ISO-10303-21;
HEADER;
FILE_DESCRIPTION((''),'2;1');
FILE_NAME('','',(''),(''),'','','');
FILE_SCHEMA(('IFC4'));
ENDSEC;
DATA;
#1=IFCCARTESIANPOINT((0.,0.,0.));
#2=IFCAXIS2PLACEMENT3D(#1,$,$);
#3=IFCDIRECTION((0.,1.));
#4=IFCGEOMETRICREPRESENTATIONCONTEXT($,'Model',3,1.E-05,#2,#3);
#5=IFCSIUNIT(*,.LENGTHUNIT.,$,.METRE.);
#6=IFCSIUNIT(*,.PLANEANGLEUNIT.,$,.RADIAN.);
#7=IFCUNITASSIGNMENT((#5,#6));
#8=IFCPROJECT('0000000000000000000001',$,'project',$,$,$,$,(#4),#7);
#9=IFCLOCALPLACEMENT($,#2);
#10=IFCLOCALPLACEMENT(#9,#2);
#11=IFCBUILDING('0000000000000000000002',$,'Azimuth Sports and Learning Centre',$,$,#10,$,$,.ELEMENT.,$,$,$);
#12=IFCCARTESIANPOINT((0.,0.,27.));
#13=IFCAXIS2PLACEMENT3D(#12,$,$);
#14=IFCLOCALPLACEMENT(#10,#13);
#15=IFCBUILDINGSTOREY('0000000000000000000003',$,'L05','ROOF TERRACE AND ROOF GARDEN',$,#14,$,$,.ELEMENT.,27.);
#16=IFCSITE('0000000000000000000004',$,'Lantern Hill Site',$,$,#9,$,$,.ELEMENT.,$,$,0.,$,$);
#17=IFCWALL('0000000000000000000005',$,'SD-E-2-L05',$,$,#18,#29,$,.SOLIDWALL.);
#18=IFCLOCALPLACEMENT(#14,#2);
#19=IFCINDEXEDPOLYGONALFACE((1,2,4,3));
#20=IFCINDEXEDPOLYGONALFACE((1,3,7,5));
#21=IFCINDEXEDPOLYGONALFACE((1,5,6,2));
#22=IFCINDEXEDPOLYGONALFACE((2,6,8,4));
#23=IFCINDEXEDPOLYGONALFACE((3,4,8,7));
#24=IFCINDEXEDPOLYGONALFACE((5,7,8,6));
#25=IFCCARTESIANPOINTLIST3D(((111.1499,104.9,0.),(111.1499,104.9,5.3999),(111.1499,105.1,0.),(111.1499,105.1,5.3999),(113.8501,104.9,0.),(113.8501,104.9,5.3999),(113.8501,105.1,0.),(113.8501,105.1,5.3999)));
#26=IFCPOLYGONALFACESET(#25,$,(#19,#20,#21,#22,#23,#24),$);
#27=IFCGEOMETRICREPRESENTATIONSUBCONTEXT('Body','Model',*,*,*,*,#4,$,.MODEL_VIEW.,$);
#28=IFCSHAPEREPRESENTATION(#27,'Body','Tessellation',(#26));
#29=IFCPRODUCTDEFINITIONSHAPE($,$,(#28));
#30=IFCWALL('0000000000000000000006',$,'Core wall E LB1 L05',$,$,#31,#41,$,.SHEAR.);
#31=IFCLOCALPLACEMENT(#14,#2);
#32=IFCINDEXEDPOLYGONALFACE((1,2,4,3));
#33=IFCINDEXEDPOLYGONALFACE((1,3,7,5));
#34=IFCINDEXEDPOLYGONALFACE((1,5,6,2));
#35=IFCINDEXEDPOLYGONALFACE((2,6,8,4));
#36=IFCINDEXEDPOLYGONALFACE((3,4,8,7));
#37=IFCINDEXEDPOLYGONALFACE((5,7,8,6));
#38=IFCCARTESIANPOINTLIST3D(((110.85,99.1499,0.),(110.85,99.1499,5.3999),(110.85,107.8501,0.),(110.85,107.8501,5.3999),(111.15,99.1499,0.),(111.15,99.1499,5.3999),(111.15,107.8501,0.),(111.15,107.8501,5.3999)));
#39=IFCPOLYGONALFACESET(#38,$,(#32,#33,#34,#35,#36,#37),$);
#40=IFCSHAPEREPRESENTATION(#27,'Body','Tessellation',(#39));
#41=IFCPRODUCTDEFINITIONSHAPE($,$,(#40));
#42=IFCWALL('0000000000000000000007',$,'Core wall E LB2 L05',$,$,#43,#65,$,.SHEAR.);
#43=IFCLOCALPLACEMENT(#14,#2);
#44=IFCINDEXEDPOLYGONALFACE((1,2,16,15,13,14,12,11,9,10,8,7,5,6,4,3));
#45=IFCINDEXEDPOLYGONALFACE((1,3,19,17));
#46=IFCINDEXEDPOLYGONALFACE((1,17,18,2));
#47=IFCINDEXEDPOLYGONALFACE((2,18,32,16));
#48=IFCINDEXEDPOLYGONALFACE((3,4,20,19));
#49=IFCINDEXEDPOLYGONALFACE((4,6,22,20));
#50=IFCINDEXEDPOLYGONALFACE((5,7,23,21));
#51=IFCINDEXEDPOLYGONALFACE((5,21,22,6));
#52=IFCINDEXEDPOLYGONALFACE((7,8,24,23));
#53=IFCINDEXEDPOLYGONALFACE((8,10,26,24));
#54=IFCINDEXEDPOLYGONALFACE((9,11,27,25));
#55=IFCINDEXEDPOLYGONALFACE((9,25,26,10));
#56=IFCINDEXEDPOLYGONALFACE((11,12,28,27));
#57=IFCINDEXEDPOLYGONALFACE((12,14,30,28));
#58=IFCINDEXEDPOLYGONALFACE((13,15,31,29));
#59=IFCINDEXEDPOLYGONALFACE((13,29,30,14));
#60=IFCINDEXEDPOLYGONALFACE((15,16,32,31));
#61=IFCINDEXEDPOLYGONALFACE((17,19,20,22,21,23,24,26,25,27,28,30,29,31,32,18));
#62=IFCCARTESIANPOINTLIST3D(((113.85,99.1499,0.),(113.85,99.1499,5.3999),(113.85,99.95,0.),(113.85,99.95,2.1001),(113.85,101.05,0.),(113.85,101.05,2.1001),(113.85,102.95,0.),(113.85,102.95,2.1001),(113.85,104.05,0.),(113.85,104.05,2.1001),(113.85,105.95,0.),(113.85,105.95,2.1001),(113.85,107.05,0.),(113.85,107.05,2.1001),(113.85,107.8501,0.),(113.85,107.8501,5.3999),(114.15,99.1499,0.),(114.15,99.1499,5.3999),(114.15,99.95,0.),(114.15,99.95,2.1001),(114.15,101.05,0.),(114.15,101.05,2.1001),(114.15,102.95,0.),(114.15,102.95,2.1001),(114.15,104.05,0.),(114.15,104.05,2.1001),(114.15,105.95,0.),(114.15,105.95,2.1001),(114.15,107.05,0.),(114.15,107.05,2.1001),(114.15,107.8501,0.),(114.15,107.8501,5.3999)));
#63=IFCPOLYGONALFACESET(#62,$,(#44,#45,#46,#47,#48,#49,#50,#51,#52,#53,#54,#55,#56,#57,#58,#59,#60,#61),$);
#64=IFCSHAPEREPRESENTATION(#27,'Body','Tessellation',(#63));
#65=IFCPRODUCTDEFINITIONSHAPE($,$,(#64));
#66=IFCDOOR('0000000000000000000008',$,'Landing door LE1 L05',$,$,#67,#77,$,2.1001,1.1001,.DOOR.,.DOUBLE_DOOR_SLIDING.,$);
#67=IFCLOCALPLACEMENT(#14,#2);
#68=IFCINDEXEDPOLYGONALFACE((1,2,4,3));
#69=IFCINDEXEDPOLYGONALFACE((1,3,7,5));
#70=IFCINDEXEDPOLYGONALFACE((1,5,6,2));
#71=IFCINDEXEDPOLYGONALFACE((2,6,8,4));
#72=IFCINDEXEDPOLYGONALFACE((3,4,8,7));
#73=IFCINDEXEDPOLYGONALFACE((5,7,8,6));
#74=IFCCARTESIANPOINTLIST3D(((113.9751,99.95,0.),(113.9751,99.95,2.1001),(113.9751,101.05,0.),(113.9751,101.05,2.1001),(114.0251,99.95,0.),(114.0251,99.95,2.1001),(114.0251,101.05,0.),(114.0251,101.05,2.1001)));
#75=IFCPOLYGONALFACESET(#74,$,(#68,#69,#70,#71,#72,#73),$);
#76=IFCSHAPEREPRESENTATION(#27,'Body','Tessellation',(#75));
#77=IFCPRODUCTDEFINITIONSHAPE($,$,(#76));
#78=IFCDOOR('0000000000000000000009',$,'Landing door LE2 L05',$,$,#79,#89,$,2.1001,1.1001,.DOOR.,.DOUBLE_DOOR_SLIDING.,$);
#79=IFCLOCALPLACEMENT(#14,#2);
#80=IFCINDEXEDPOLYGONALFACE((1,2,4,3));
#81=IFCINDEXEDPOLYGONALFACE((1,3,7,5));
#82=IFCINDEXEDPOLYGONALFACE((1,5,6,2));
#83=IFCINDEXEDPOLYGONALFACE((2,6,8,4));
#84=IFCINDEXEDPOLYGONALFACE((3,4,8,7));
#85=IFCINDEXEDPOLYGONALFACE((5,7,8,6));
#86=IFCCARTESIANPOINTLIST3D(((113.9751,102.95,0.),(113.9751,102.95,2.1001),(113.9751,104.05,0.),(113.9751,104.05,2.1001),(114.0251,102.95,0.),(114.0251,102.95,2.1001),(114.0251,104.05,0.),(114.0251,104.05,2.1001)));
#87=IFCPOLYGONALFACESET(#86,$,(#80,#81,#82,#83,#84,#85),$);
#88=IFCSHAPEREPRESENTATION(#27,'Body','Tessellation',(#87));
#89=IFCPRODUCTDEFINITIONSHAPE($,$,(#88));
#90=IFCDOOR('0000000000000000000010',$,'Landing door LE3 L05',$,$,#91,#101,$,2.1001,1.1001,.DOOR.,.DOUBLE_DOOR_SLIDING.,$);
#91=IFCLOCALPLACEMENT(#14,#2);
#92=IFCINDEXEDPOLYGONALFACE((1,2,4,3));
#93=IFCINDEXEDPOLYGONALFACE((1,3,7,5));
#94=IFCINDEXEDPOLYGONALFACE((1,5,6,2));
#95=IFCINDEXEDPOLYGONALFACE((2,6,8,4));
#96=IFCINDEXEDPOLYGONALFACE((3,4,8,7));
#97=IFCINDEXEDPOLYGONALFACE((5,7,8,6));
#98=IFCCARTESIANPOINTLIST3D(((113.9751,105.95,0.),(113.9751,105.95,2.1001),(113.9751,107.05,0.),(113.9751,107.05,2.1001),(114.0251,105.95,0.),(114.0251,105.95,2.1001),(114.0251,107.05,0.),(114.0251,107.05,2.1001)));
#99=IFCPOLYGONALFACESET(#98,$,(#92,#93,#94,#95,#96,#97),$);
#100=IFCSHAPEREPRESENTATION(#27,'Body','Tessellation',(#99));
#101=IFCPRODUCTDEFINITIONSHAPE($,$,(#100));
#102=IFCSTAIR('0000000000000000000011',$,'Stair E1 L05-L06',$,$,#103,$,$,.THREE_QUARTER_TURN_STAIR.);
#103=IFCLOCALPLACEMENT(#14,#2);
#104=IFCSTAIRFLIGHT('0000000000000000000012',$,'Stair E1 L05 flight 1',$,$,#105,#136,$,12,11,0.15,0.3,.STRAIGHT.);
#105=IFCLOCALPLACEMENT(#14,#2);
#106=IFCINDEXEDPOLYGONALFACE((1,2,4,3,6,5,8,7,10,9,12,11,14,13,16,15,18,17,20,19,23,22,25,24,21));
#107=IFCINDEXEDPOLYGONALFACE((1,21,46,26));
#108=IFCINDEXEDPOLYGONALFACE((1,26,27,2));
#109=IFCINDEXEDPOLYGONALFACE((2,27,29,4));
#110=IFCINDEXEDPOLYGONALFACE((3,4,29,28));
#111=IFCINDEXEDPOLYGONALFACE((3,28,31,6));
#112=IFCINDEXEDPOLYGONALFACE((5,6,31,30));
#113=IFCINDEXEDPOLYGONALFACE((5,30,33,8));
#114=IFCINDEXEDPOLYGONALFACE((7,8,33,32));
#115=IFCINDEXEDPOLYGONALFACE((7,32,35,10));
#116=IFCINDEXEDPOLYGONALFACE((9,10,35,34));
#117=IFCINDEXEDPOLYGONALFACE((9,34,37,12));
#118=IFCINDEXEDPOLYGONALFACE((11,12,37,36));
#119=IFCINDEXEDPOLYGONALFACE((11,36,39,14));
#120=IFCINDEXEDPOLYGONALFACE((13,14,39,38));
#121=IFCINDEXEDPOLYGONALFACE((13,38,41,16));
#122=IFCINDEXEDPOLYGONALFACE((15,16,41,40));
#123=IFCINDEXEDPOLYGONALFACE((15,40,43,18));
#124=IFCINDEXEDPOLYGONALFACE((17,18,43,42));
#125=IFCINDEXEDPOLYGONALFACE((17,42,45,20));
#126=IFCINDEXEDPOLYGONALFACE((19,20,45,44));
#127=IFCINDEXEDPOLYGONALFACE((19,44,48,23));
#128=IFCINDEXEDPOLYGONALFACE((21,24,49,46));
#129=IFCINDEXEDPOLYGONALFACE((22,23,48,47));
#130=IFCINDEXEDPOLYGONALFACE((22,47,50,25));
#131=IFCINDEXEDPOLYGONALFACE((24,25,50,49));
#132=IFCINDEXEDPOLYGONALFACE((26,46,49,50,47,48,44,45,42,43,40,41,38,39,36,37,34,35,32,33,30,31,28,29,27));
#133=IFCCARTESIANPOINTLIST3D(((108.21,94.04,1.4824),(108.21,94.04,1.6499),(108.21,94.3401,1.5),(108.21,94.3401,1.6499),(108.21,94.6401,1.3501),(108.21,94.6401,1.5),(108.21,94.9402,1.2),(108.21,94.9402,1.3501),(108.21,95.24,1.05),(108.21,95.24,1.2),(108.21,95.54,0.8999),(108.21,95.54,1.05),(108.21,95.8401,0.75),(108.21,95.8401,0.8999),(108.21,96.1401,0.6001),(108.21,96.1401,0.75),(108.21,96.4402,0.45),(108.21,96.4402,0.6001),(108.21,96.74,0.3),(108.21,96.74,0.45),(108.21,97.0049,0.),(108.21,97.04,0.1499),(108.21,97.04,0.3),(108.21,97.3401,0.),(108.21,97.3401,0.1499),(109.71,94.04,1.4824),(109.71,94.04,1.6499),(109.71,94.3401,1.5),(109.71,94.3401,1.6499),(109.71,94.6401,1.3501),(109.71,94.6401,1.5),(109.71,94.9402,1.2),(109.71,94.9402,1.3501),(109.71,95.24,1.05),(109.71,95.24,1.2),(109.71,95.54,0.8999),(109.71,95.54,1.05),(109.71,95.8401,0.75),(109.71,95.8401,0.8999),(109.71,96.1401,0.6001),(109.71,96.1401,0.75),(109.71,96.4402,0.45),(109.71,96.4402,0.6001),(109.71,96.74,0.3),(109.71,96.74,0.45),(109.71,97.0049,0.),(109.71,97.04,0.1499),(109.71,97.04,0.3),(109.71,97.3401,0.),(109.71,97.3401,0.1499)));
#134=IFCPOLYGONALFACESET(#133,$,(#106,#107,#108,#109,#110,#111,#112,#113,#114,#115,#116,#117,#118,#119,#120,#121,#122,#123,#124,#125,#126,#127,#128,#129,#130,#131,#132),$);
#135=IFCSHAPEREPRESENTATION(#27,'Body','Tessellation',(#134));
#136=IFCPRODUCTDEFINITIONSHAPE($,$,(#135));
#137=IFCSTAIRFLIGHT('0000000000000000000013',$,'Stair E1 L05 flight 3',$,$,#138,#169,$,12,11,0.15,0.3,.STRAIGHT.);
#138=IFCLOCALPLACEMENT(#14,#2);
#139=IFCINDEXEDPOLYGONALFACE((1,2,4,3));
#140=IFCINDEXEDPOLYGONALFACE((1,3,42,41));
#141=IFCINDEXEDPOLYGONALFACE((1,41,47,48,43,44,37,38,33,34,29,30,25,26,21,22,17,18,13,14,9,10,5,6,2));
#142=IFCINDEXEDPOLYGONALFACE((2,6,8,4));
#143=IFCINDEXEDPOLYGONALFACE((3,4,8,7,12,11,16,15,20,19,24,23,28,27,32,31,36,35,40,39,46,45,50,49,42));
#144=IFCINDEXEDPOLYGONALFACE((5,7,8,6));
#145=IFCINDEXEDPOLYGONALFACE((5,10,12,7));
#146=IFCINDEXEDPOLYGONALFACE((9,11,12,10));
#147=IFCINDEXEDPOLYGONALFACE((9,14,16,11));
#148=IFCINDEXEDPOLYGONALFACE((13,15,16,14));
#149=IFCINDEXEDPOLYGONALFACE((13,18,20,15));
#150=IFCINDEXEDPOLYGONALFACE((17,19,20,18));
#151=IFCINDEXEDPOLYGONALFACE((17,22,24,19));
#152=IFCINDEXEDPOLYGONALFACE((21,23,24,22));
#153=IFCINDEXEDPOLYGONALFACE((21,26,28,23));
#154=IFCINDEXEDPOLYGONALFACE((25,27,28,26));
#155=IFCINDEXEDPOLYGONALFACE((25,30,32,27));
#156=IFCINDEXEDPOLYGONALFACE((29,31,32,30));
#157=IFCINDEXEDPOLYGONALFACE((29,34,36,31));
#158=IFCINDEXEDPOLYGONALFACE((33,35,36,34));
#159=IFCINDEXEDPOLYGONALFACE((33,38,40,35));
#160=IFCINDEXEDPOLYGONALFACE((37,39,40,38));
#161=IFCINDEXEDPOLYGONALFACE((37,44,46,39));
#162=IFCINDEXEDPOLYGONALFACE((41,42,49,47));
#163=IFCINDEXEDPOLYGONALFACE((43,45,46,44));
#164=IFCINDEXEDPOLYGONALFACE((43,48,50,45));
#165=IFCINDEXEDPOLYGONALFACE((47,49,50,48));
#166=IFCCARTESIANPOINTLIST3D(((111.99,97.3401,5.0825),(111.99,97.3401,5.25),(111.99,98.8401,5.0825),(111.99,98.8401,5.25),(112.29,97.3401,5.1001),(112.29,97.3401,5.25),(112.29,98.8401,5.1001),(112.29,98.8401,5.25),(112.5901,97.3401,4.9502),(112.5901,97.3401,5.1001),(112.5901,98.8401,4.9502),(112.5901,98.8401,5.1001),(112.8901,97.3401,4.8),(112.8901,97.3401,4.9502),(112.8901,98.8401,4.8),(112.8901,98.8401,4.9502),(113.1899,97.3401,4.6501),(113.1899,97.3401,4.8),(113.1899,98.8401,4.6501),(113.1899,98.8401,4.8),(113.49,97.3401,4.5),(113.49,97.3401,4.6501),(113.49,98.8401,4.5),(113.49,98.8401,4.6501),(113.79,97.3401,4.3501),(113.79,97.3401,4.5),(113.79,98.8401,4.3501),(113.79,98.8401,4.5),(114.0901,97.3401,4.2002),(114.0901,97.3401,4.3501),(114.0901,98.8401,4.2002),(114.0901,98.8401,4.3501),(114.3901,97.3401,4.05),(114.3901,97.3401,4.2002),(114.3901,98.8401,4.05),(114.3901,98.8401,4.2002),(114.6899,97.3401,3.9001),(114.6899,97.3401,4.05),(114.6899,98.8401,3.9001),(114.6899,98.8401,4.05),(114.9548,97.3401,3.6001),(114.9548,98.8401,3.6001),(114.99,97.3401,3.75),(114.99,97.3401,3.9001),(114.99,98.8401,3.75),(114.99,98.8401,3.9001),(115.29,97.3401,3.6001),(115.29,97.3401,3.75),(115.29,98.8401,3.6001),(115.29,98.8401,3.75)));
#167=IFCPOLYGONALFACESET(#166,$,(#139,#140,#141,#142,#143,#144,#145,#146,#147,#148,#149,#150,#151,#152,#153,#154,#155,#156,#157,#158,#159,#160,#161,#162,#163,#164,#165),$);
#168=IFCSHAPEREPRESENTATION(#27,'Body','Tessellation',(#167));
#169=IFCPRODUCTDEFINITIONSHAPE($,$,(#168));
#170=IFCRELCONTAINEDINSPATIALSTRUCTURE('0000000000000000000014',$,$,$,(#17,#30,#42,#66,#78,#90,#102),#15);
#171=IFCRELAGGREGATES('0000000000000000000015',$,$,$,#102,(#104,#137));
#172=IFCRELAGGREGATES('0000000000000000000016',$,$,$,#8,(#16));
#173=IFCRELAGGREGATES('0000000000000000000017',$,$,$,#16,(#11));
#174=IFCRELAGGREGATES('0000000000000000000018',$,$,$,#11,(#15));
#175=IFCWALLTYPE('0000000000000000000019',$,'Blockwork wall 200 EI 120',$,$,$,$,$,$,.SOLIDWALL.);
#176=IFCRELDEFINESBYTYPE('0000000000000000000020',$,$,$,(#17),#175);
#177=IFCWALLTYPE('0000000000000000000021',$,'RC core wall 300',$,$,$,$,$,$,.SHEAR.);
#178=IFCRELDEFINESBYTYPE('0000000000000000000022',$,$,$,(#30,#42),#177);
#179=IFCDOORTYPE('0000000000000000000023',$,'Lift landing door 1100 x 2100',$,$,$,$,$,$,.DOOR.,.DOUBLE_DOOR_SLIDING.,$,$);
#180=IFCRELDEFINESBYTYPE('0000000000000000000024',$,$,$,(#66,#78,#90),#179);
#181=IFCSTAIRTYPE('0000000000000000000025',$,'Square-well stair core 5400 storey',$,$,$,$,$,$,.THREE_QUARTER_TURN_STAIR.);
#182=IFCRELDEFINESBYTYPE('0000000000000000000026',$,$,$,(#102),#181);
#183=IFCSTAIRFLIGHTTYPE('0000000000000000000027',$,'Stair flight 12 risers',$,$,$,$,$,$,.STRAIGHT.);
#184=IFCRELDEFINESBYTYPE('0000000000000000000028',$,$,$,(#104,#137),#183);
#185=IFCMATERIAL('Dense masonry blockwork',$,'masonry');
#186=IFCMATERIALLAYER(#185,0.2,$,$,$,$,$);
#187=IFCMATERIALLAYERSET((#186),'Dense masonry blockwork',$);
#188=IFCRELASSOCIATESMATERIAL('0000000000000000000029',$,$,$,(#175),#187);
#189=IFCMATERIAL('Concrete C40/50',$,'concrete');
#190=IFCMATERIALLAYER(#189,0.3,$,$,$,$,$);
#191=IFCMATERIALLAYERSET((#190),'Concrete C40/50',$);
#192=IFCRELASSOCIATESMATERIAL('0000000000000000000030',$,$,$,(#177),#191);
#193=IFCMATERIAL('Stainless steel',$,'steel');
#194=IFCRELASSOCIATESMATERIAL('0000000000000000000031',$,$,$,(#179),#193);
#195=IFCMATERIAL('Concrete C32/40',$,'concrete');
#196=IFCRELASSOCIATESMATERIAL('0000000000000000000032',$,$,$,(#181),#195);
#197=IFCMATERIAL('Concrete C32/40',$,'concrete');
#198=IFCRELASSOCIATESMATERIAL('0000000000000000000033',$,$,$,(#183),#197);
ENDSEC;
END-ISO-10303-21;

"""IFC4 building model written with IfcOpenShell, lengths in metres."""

from ifc_helpers import new_model, si_unit, direction, frame, frame_2d, origin, place, context, subcontext, project, spatial, polyline, rectangle, outline, extrude, material, layer, layer_set, type_object, element, fill, aggregate, save


model = new_model("IFC4")

# Units and contexts
model_context = context("Model", 3, precision=1e-05, world=origin(), true_north=direction((0.0, 1.0)))
body_context = subcontext(model_context, "Body", "Model", "MODEL_VIEW")
ifc_project = project(units=[si_unit("LENGTHUNIT", "METRE"), si_unit("PLANEANGLEUNIT", "RADIAN")], contexts=[model_context])

# Site, building, storey
site_placement = place(None, origin())
site = spatial("IfcSite", under=ifc_project, at=site_placement, Name="Lantern Hill Site", CompositionType="ELEMENT", RefElevation=0.0)
building_placement = place(site_placement, origin())
building = spatial("IfcBuilding", under=site, at=building_placement, Name="Azimuth Sports and Learning Centre", CompositionType="ELEMENT")
storey_placement = place(building_placement, frame((0.0, 0.0, 27.0)))
storey = spatial("IfcBuildingStorey", under=building, at=storey_placement, Name="L05", Description="ROOF TERRACE AND ROOF GARDEN", CompositionType="ELEMENT", Elevation=27.0)

# Walls
ifc_material_1 = material(Name="Dense masonry blockwork", Category="masonry")
ifc_layer_1 = layer(ifc_material_1, 0.2)
ifc_layer_set_1 = layer_set([ifc_layer_1], Name="Dense masonry blockwork")
wall_type_1 = type_object("IfcWallType", Name="Blockwork wall 200 EI 120", PredefinedType="SOLIDWALL", material=ifc_layer_set_1)
for number, where, z_axis, x_axis, name in (
    (1, (111.1499, 105.0, 0.0), (0.0, 0.0, 1.0), (1.0, 0.0, 0.0), "SD-E-2-L05"),
):
    element("IfcWall", number, at=place(storey_placement, frame(where, z_axis=z_axis, x_axis=x_axis)), inside=storey, type_object=wall_type_1, Name=name, PredefinedType="SOLIDWALL", context=body_context, shape_type="SweptSolid", body=[
        extrude(rectangle(XDim=2.7002, YDim=0.2, at=frame_2d((1.3501, 0.0))), origin(), (0.0, 0.0, 1.0), 5.3999),
    ])
ifc_material_2 = material(Name="Concrete C40/50", Category="concrete")
ifc_layer_2 = layer(ifc_material_2, 0.3)
ifc_layer_set_2 = layer_set([ifc_layer_2], Name="Concrete C40/50")
wall_type_2 = type_object("IfcWallType", Name="RC core wall 300", PredefinedType="SHEAR", material=ifc_layer_set_2)
wall_1_placement = place(storey_placement, frame((111.0, 99.1499, 0.0), z_axis=(0.0, 0.0, 1.0), x_axis=(0.0, 1.0, 0.0)))
element("IfcWall", 2, at=wall_1_placement, inside=storey, type_object=wall_type_2, Name="Core wall E LB1 L05", PredefinedType="SHEAR", context=body_context, shape_type="SweptSolid", body=[
    extrude(rectangle(XDim=8.7002, YDim=0.3, at=frame_2d((4.3501, 0.0))), origin(), (0.0, 0.0, 1.0), 5.3999),
])

# Wall, openings, doors
wall_2_placement = place(storey_placement, frame((114.0, 99.1499, 0.0), z_axis=(0.0, 0.0, 1.0), x_axis=(0.0, 1.0, 0.0)))
wall_2 = element("IfcWall", 3, at=wall_2_placement, inside=storey, type_object=wall_type_2, Name="Core wall E LB2 L05", PredefinedType="SHEAR", context=body_context, shape_type="SweptSolid", body=[
    extrude(rectangle(XDim=8.7002, YDim=0.3, at=frame_2d((4.3501, 0.0))), origin(), (0.0, 0.0, 1.0), 5.3999),
])
opening_1_placement = place(wall_2_placement, frame((0.8, 0.0, 0.0)))
opening_1 = element("IfcOpeningElement", 4, at=opening_1_placement, cuts=wall_2, PredefinedType="OPENING", context=body_context, shape_type="SweptSolid", body=[
    extrude(rectangle(XDim=1.1001, YDim=2.1001, at=frame_2d((0.55, 1.05))), frame((0.0, 0.1611, 0.0), z_axis=(0.0, -1.0, 0.0), x_axis=(1.0, 0.0, 0.0)), (0.0, 0.0, 1.0), 0.322),
])
opening_2_placement = place(wall_2_placement, frame((3.8, 0.0, 0.0)))
opening_2 = element("IfcOpeningElement", 5, at=opening_2_placement, cuts=wall_2, PredefinedType="OPENING", context=body_context, shape_type="SweptSolid", body=[
    extrude(rectangle(XDim=1.1001, YDim=2.1001, at=frame_2d((0.55, 1.05))), frame((0.0, 0.1611, 0.0), z_axis=(0.0, -1.0, 0.0), x_axis=(1.0, 0.0, 0.0)), (0.0, 0.0, 1.0), 0.322),
])
opening_3_placement = place(wall_2_placement, frame((6.8, 0.0, 0.0)))
opening_3 = element("IfcOpeningElement", 6, at=opening_3_placement, cuts=wall_2, PredefinedType="OPENING", context=body_context, shape_type="SweptSolid", body=[
    extrude(rectangle(XDim=1.1001, YDim=2.1001, at=frame_2d((0.55, 1.05))), frame((0.0, 0.1611, 0.0), z_axis=(0.0, -1.0, 0.0), x_axis=(1.0, 0.0, 0.0)), (0.0, 0.0, 1.0), 0.322),
])
ifc_material_3 = material(Name="Stainless steel", Category="steel")
door_type = type_object("IfcDoorType", Name="Lift landing door 1100 x 2100", OperationType="DOUBLE_DOOR_SLIDING", PredefinedType="DOOR", material=ifc_material_3)
door_1_placement = place(opening_1_placement, origin())
door_1 = element("IfcDoor", 7, at=door_1_placement, inside=storey, type_object=door_type, Name="Landing door LE1 L05", OperationType="DOUBLE_DOOR_SLIDING", OverallHeight=2.1001, OverallWidth=1.1001, PredefinedType="DOOR", context=body_context, shape_type="SweptSolid", body=[
    extrude(rectangle(XDim=1.1001, YDim=2.1001, at=frame_2d((0.55, 1.05))), frame((0.0, 0.0249, 0.0), z_axis=(0.0, -1.0, 0.0), x_axis=(1.0, 0.0, 0.0)), (0.0, 0.0, 1.0), 0.05),
])
fill(opening_1, door_1)
door_2_placement = place(opening_2_placement, origin())
door_2 = element("IfcDoor", 8, at=door_2_placement, inside=storey, type_object=door_type, Name="Landing door LE2 L05", OperationType="DOUBLE_DOOR_SLIDING", OverallHeight=2.1001, OverallWidth=1.1001, PredefinedType="DOOR", context=body_context, shape_type="SweptSolid", body=[
    extrude(rectangle(XDim=1.1001, YDim=2.1001, at=frame_2d((0.55, 1.05))), frame((0.0, 0.0249, 0.0), z_axis=(0.0, -1.0, 0.0), x_axis=(1.0, 0.0, 0.0)), (0.0, 0.0, 1.0), 0.05),
])
fill(opening_2, door_2)
door_3_placement = place(opening_3_placement, origin())
door_3 = element("IfcDoor", 9, at=door_3_placement, inside=storey, type_object=door_type, Name="Landing door LE3 L05", OperationType="DOUBLE_DOOR_SLIDING", OverallHeight=2.1001, OverallWidth=1.1001, PredefinedType="DOOR", context=body_context, shape_type="SweptSolid", body=[
    extrude(rectangle(XDim=1.1001, YDim=2.1001, at=frame_2d((0.55, 1.05))), frame((0.0, 0.0249, 0.0), z_axis=(0.0, -1.0, 0.0), x_axis=(1.0, 0.0, 0.0)), (0.0, 0.0, 1.0), 0.05),
])
fill(opening_3, door_3)

# Stair, stair flights
ifc_material_4 = material(Name="Concrete C32/40", Category="concrete")
stair_type = type_object("IfcStairType", Name="Square-well stair core 5400 storey", PredefinedType="THREE_QUARTER_TURN_STAIR", material=ifc_material_4)
stair_placement = place(storey_placement, origin())
stair = element("IfcStair", 10, at=stair_placement, inside=storey, type_object=stair_type, Name="Stair E1 L05-L06", PredefinedType="THREE_QUARTER_TURN_STAIR")
ifc_material_5 = material(Name="Concrete C32/40", Category="concrete")
stair_flight_type = type_object("IfcStairFlightType", Name="Stair flight 12 risers", PredefinedType="STRAIGHT", material=ifc_material_5)
stair_flight_1_placement = place(storey_placement, frame((108.96, 97.3401, 0.0), z_axis=(0.0, 0.0, 1.0), x_axis=(0.0, -1.0, 0.0)))
stair_flight_1 = element("IfcStairFlight", 11, at=stair_flight_1_placement, type_object=stair_flight_type, Name="Stair E1 L05 flight 1", NumberOfRisers=12, NumberOfTreads=11, PredefinedType="STRAIGHT", RiserHeight=0.15, TreadLength=0.3, context=body_context, shape_type="SweptSolid", body=[
    extrude(outline(polyline([(0.0, 0.0), (0.0, 0.1499), (0.3, 0.1499), (0.3, 0.3), (0.6001, 0.3), (0.6001, 0.45), (0.8999, 0.45), (0.8999, 0.6001), (1.2, 0.6001), (1.2, 0.75), (1.5, 0.75), (1.5, 0.8999), (1.8, 0.8999), (1.8, 1.05), (2.1001, 1.05), (2.1001, 1.2), (2.3999, 1.2), (2.3999, 1.3501), (2.7, 1.3501), (2.7, 1.5), (3.0, 1.5), (3.0, 1.6499), (3.3, 1.6499), (3.3, 1.8), (3.3, 1.4824), (0.3352, 0.0), (0.0, 0.0)])), frame((0.0, 0.75, 0.0), z_axis=(0.0, -1.0, 0.0), x_axis=(1.0, 0.0, 0.0)), (0.0, 0.0, 1.0), 1.5),
])
stair_flight_2_placement = place(storey_placement, frame((115.29, 98.0901, 3.6001), z_axis=(0.0, 0.0, 1.0), x_axis=(-1.0, 0.0, 0.0)))
stair_flight_2 = element("IfcStairFlight", 12, at=stair_flight_2_placement, type_object=stair_flight_type, Name="Stair E1 L05 flight 3", NumberOfRisers=12, NumberOfTreads=11, PredefinedType="STRAIGHT", RiserHeight=0.15, TreadLength=0.3, context=body_context, shape_type="SweptSolid", body=[
    extrude(outline(polyline([(0.0, 0.0), (0.0, 0.1499), (0.3, 0.1499), (0.3, 0.3), (0.6001, 0.3), (0.6001, 0.45), (0.8999, 0.45), (0.8999, 0.6001), (1.2, 0.6001), (1.2, 0.75), (1.5, 0.75), (1.5, 0.8999), (1.8, 0.8999), (1.8, 1.05), (2.1001, 1.05), (2.1001, 1.2), (2.3999, 1.2), (2.3999, 1.3501), (2.7, 1.3501), (2.7, 1.5), (3.0, 1.5), (3.0, 1.6499), (3.3, 1.6499), (3.3, 1.8), (3.3, 1.4824), (0.3352, 0.0), (0.0, 0.0)])), frame((0.0, 0.75, 0.0), z_axis=(0.0, -1.0, 0.0), x_axis=(1.0, 0.0, 0.0)), (0.0, 0.0, 1.0), 1.5),
])
aggregate(stair, [stair_flight_1, stair_flight_2])

save(model, "model.ifc")
